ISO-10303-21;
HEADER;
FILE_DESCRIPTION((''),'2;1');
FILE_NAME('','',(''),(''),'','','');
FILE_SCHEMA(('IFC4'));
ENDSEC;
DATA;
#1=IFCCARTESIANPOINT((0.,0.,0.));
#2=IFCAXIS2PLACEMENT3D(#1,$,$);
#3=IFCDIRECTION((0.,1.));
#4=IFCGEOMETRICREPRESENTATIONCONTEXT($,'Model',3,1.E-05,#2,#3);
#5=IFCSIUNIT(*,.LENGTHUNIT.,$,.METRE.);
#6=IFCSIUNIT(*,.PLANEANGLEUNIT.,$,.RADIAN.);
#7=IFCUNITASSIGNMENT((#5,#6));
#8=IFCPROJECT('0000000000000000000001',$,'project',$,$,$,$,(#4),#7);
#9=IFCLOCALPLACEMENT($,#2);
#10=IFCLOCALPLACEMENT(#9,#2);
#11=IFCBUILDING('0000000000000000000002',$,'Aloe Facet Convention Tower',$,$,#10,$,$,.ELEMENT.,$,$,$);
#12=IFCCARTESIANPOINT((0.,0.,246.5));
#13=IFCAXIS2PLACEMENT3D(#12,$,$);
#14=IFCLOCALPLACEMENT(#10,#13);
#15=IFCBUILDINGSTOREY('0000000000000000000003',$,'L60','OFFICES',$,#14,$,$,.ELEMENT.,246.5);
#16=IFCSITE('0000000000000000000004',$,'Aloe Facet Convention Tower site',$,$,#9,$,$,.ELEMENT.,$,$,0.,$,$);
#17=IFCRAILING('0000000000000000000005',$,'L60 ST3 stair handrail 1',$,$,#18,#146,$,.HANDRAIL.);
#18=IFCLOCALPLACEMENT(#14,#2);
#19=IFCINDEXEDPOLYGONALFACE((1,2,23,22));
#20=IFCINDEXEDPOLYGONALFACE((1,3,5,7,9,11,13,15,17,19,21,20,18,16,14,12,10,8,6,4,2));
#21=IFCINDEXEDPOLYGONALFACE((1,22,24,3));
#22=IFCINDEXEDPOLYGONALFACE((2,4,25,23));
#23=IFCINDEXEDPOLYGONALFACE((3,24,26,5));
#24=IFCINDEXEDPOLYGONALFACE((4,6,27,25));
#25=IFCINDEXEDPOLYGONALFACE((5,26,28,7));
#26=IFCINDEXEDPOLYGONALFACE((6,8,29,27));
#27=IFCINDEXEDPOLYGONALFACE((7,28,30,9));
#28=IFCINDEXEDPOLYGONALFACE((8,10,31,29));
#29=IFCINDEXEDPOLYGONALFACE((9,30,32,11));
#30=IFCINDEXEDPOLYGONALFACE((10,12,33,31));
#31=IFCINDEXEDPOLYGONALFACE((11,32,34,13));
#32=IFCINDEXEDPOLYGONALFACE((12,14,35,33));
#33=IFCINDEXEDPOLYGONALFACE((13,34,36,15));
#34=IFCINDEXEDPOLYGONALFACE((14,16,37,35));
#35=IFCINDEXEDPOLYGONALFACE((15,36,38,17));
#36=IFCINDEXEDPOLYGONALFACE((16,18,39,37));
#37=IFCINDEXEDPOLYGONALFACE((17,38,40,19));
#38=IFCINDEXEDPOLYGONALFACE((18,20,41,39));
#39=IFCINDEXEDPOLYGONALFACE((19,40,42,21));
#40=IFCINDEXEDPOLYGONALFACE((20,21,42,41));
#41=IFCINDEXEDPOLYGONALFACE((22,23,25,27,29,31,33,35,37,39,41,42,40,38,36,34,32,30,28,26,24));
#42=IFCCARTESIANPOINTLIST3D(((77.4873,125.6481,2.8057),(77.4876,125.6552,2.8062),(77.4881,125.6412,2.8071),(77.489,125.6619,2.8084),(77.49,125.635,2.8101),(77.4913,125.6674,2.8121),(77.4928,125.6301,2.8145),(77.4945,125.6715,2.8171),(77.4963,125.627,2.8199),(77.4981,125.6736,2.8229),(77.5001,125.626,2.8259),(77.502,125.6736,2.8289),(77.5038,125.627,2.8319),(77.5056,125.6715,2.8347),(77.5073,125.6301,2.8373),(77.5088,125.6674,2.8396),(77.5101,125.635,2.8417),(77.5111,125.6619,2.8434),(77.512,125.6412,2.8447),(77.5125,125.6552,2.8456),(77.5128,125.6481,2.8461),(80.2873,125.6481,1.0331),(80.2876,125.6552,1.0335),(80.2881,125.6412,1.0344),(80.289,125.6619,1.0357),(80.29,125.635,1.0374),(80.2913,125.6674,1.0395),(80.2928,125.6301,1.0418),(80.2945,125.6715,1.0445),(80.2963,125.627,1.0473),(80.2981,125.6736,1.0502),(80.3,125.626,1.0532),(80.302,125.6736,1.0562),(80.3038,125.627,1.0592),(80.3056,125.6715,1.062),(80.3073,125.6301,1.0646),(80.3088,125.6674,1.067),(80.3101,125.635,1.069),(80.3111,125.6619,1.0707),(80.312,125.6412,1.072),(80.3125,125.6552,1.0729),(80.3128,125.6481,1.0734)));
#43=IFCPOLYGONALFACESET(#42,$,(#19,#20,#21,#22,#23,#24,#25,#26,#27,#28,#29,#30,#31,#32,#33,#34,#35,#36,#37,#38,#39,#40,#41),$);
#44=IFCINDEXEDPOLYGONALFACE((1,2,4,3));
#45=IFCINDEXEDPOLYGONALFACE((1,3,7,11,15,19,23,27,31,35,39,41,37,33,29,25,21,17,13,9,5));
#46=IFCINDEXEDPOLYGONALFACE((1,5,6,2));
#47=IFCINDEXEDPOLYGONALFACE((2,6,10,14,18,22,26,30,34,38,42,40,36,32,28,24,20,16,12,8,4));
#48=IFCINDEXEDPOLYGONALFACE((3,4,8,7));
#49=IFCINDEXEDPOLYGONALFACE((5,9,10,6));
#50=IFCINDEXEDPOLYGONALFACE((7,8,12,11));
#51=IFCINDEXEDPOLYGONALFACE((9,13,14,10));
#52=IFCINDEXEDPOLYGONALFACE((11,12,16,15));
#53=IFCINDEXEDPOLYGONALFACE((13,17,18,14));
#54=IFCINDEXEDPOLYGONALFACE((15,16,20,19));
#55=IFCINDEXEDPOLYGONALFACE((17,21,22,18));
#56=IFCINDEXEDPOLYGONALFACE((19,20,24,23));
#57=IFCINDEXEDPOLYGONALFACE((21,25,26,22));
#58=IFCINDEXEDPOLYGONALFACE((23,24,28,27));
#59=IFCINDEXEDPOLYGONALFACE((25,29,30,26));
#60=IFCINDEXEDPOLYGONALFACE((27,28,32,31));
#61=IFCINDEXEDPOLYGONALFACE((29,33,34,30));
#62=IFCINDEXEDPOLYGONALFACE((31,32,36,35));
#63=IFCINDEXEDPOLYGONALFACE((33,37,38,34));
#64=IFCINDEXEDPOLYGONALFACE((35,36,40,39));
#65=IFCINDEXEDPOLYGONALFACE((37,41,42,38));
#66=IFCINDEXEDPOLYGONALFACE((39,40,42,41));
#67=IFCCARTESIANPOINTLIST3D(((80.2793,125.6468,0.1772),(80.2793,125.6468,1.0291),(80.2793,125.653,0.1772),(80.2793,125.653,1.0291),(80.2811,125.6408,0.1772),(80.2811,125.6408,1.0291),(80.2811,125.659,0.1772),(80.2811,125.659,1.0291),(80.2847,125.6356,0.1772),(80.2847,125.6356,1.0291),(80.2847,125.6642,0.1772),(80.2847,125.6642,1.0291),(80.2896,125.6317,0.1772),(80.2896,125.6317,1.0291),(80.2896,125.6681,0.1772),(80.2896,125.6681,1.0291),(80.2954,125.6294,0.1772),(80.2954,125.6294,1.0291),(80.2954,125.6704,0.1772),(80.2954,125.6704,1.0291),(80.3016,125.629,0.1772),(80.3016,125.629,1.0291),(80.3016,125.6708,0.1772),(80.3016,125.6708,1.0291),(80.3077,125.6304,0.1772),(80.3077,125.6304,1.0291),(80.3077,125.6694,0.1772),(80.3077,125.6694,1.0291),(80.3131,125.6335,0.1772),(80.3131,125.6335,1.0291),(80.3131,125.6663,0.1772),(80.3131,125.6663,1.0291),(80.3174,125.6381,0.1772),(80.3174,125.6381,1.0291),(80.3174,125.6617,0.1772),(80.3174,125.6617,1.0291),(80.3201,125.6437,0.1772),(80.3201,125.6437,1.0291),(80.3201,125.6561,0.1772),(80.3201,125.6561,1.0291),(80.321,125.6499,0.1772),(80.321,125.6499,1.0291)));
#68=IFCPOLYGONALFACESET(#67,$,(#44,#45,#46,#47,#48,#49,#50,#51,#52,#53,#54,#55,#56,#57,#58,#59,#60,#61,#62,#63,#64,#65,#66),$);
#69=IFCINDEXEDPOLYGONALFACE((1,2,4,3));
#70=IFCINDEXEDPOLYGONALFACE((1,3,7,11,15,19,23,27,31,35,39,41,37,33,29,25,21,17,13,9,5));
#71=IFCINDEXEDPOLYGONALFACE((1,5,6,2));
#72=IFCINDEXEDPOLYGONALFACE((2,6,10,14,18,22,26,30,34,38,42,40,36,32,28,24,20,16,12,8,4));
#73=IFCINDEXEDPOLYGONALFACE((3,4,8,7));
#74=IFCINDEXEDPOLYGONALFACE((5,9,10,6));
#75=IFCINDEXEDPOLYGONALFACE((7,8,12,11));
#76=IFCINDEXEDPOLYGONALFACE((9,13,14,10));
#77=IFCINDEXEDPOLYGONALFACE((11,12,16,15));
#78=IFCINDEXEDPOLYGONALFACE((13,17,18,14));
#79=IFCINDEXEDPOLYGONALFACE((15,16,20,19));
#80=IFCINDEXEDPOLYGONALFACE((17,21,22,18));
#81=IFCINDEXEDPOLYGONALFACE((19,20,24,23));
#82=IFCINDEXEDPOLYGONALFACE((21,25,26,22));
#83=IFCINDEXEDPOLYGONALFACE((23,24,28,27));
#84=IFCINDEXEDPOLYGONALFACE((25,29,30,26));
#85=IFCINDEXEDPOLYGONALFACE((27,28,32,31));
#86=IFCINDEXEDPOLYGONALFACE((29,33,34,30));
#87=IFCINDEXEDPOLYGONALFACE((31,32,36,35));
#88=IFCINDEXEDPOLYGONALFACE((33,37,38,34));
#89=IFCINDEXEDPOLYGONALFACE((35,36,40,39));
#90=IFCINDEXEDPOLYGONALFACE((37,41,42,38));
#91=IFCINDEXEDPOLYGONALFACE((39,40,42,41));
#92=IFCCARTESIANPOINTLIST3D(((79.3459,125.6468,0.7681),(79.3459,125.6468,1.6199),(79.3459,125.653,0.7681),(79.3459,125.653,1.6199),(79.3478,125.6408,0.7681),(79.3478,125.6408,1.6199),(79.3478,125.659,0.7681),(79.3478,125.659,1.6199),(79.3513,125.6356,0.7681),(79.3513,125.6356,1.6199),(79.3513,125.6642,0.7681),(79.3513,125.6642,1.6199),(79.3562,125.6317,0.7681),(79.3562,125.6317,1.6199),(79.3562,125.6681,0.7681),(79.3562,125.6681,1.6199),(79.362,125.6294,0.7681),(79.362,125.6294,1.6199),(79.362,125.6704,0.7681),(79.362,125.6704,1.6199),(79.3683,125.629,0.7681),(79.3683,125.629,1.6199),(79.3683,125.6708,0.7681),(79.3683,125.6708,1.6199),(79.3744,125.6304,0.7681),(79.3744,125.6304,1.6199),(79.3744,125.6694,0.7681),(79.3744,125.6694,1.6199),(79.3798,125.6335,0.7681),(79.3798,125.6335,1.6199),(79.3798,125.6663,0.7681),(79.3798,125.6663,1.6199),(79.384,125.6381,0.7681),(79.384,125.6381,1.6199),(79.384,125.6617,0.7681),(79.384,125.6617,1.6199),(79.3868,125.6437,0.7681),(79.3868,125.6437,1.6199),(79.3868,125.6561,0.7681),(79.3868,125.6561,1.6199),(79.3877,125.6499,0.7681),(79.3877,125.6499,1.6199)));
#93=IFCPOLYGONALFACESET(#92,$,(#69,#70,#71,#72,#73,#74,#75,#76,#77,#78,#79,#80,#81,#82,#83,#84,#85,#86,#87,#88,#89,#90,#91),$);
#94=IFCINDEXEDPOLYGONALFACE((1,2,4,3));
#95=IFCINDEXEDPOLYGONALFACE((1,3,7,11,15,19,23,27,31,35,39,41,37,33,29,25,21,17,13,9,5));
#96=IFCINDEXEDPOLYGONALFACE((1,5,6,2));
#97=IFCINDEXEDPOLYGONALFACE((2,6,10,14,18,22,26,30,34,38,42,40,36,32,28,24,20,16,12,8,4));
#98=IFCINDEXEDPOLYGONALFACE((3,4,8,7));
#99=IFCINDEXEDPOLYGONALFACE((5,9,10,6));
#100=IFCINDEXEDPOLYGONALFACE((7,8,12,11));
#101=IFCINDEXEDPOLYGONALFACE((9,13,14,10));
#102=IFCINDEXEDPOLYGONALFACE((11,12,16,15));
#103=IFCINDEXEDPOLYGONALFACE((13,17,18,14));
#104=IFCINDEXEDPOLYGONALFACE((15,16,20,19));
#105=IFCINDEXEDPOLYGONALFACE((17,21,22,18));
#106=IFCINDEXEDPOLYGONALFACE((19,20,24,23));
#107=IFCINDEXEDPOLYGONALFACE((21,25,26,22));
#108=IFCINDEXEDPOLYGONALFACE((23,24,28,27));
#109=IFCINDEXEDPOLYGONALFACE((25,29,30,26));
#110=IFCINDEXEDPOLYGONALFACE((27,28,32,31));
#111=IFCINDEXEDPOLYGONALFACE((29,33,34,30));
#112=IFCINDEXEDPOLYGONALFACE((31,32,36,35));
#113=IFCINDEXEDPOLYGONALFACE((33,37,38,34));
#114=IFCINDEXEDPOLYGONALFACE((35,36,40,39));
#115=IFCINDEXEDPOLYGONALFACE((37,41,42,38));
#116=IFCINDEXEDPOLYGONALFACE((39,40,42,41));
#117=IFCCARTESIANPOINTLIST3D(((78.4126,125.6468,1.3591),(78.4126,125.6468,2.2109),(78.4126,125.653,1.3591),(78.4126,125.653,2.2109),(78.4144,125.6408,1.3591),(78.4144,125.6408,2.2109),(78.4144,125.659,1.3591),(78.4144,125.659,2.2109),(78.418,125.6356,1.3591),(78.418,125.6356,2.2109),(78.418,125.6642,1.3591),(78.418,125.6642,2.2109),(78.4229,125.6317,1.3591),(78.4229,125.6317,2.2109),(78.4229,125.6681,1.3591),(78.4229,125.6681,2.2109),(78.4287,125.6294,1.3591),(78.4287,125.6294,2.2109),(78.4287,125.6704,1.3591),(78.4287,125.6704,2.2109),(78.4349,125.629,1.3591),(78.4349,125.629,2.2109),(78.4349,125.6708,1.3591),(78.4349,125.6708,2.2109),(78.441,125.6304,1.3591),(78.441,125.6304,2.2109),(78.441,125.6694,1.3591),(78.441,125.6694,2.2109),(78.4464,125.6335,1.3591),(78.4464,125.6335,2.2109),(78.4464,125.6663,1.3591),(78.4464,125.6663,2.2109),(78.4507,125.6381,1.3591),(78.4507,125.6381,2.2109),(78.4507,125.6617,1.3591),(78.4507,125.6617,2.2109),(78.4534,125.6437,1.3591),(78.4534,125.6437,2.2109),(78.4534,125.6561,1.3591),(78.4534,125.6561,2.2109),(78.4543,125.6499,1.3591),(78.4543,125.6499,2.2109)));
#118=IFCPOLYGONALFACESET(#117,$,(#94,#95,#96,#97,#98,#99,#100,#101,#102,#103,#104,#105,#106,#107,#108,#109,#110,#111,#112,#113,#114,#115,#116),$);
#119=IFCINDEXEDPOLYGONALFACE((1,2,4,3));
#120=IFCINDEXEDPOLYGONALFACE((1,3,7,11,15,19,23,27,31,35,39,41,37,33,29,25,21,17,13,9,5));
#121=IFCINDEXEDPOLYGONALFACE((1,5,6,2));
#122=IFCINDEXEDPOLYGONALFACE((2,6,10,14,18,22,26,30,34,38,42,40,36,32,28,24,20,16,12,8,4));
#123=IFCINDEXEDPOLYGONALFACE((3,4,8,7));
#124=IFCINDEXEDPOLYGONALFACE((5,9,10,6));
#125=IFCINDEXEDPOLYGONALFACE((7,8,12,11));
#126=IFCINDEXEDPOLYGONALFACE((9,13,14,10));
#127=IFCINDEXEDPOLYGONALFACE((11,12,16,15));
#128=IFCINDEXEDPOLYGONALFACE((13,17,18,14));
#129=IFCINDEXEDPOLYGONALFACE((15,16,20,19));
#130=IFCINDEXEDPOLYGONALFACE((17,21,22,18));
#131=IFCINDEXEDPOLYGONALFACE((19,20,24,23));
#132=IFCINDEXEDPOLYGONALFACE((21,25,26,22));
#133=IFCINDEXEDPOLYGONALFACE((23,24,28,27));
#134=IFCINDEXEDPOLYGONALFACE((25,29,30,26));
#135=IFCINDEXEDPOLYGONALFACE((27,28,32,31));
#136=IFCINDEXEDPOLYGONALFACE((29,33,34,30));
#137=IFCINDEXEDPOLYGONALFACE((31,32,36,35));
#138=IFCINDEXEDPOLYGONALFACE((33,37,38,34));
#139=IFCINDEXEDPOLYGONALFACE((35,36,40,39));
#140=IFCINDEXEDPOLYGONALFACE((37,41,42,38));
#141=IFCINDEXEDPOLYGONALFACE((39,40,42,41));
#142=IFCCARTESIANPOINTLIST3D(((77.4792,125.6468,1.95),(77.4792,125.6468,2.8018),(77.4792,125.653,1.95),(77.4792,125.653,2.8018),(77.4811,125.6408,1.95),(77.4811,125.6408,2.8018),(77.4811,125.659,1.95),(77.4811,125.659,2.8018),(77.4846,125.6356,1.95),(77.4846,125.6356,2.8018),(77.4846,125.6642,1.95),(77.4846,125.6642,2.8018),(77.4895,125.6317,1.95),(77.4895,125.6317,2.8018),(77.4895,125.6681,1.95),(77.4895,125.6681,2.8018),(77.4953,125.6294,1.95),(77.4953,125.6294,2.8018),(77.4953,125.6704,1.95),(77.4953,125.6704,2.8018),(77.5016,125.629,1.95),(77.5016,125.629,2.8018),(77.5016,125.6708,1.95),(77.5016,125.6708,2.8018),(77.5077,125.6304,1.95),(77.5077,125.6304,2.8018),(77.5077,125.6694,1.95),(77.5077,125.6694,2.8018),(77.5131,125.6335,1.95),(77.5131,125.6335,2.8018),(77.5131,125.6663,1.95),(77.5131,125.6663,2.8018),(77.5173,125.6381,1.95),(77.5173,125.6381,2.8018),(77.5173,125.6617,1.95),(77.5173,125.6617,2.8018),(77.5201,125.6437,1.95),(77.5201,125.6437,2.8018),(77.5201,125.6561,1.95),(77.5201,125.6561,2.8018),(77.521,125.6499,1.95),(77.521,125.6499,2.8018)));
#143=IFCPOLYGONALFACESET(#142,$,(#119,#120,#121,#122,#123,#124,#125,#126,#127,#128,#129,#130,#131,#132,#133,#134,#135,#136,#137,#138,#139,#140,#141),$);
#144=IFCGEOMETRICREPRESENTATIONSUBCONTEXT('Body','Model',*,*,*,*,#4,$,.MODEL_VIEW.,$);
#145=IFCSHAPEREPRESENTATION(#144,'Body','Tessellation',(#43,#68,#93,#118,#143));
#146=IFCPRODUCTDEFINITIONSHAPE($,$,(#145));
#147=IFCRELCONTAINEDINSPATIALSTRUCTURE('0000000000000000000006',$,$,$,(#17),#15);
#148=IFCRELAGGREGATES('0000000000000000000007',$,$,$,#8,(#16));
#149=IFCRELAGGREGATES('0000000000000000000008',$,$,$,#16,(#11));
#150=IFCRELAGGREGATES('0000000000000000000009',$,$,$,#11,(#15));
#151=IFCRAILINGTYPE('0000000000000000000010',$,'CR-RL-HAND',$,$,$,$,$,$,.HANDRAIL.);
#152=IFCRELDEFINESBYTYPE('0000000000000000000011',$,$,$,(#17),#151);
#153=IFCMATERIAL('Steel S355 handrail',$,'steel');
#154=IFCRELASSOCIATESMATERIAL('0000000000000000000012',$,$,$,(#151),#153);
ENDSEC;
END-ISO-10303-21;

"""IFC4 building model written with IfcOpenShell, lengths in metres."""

from ifc_helpers import new_model, si_unit, direction, frame, origin, origin_2d, place, context, subcontext, project, spatial, circle, extrude, material, type_object, element, save


model = new_model("IFC4")

# Units and contexts
model_context = context("Model", 3, precision=1e-05, world=origin(), true_north=direction((0.0, 1.0)))
body_context = subcontext(model_context, "Body", "Model", "MODEL_VIEW")
ifc_project = project(units=[si_unit("LENGTHUNIT", "METRE"), si_unit("PLANEANGLEUNIT", "RADIAN")], contexts=[model_context])

# Site, building, storey
site_placement = place(None, origin())
site = spatial("IfcSite", under=ifc_project, at=site_placement, Name="Aloe Facet Convention Tower site", CompositionType="ELEMENT", RefElevation=0.0)
building_placement = place(site_placement, origin())
building = spatial("IfcBuilding", under=site, at=building_placement, Name="Aloe Facet Convention Tower", CompositionType="ELEMENT")
storey_placement = place(building_placement, frame((0.0, 0.0, 246.5)))
storey = spatial("IfcBuildingStorey", under=building, at=storey_placement, Name="L60", Description="OFFICES", CompositionType="ELEMENT", Elevation=246.5)

# Railing
ifc_material_1 = material(Name="Steel S355 handrail", Category="steel")
railing_type_1 = type_object("IfcRailingType", Name="CR-RL-HAND", PredefinedType="HANDRAIL", material=ifc_material_1)
railing_1_placement = place(storey_placement, frame((80.3, 125.6499, 0.1772)))
element("IfcRailing", 1, at=railing_1_placement, inside=storey, type_object=railing_type_1, Name="L60 ST3 stair handrail 1", PredefinedType="HANDRAIL", context=body_context, shape_type="SweptSolid", body=[
    extrude(circle(Radius=0.0239, at=origin_2d()), frame((0.0, 0.0, 0.876), z_axis=(-0.844909, 0.0, 0.53491), x_axis=(0.0, -1.0, 0.0)), (0.0, 0.0, 1.0), 3.314),
    extrude(circle(Radius=0.021, at=origin_2d()), origin(), (0.0, 0.0, 1.0), 0.8518),
    extrude(circle(Radius=0.021, at=origin_2d()), frame((-0.9333, 0.0, 0.5908)), (0.0, 0.0, 1.0), 0.8518),
    extrude(circle(Radius=0.021, at=origin_2d()), frame((-1.8667, 0.0, 1.1819)), (0.0, 0.0, 1.0), 0.8518),
    extrude(circle(Radius=0.021, at=origin_2d()), frame((-2.8, 0.0, 1.7727)), (0.0, 0.0, 1.0), 0.8518),
])

save(model, "model.ifc")
